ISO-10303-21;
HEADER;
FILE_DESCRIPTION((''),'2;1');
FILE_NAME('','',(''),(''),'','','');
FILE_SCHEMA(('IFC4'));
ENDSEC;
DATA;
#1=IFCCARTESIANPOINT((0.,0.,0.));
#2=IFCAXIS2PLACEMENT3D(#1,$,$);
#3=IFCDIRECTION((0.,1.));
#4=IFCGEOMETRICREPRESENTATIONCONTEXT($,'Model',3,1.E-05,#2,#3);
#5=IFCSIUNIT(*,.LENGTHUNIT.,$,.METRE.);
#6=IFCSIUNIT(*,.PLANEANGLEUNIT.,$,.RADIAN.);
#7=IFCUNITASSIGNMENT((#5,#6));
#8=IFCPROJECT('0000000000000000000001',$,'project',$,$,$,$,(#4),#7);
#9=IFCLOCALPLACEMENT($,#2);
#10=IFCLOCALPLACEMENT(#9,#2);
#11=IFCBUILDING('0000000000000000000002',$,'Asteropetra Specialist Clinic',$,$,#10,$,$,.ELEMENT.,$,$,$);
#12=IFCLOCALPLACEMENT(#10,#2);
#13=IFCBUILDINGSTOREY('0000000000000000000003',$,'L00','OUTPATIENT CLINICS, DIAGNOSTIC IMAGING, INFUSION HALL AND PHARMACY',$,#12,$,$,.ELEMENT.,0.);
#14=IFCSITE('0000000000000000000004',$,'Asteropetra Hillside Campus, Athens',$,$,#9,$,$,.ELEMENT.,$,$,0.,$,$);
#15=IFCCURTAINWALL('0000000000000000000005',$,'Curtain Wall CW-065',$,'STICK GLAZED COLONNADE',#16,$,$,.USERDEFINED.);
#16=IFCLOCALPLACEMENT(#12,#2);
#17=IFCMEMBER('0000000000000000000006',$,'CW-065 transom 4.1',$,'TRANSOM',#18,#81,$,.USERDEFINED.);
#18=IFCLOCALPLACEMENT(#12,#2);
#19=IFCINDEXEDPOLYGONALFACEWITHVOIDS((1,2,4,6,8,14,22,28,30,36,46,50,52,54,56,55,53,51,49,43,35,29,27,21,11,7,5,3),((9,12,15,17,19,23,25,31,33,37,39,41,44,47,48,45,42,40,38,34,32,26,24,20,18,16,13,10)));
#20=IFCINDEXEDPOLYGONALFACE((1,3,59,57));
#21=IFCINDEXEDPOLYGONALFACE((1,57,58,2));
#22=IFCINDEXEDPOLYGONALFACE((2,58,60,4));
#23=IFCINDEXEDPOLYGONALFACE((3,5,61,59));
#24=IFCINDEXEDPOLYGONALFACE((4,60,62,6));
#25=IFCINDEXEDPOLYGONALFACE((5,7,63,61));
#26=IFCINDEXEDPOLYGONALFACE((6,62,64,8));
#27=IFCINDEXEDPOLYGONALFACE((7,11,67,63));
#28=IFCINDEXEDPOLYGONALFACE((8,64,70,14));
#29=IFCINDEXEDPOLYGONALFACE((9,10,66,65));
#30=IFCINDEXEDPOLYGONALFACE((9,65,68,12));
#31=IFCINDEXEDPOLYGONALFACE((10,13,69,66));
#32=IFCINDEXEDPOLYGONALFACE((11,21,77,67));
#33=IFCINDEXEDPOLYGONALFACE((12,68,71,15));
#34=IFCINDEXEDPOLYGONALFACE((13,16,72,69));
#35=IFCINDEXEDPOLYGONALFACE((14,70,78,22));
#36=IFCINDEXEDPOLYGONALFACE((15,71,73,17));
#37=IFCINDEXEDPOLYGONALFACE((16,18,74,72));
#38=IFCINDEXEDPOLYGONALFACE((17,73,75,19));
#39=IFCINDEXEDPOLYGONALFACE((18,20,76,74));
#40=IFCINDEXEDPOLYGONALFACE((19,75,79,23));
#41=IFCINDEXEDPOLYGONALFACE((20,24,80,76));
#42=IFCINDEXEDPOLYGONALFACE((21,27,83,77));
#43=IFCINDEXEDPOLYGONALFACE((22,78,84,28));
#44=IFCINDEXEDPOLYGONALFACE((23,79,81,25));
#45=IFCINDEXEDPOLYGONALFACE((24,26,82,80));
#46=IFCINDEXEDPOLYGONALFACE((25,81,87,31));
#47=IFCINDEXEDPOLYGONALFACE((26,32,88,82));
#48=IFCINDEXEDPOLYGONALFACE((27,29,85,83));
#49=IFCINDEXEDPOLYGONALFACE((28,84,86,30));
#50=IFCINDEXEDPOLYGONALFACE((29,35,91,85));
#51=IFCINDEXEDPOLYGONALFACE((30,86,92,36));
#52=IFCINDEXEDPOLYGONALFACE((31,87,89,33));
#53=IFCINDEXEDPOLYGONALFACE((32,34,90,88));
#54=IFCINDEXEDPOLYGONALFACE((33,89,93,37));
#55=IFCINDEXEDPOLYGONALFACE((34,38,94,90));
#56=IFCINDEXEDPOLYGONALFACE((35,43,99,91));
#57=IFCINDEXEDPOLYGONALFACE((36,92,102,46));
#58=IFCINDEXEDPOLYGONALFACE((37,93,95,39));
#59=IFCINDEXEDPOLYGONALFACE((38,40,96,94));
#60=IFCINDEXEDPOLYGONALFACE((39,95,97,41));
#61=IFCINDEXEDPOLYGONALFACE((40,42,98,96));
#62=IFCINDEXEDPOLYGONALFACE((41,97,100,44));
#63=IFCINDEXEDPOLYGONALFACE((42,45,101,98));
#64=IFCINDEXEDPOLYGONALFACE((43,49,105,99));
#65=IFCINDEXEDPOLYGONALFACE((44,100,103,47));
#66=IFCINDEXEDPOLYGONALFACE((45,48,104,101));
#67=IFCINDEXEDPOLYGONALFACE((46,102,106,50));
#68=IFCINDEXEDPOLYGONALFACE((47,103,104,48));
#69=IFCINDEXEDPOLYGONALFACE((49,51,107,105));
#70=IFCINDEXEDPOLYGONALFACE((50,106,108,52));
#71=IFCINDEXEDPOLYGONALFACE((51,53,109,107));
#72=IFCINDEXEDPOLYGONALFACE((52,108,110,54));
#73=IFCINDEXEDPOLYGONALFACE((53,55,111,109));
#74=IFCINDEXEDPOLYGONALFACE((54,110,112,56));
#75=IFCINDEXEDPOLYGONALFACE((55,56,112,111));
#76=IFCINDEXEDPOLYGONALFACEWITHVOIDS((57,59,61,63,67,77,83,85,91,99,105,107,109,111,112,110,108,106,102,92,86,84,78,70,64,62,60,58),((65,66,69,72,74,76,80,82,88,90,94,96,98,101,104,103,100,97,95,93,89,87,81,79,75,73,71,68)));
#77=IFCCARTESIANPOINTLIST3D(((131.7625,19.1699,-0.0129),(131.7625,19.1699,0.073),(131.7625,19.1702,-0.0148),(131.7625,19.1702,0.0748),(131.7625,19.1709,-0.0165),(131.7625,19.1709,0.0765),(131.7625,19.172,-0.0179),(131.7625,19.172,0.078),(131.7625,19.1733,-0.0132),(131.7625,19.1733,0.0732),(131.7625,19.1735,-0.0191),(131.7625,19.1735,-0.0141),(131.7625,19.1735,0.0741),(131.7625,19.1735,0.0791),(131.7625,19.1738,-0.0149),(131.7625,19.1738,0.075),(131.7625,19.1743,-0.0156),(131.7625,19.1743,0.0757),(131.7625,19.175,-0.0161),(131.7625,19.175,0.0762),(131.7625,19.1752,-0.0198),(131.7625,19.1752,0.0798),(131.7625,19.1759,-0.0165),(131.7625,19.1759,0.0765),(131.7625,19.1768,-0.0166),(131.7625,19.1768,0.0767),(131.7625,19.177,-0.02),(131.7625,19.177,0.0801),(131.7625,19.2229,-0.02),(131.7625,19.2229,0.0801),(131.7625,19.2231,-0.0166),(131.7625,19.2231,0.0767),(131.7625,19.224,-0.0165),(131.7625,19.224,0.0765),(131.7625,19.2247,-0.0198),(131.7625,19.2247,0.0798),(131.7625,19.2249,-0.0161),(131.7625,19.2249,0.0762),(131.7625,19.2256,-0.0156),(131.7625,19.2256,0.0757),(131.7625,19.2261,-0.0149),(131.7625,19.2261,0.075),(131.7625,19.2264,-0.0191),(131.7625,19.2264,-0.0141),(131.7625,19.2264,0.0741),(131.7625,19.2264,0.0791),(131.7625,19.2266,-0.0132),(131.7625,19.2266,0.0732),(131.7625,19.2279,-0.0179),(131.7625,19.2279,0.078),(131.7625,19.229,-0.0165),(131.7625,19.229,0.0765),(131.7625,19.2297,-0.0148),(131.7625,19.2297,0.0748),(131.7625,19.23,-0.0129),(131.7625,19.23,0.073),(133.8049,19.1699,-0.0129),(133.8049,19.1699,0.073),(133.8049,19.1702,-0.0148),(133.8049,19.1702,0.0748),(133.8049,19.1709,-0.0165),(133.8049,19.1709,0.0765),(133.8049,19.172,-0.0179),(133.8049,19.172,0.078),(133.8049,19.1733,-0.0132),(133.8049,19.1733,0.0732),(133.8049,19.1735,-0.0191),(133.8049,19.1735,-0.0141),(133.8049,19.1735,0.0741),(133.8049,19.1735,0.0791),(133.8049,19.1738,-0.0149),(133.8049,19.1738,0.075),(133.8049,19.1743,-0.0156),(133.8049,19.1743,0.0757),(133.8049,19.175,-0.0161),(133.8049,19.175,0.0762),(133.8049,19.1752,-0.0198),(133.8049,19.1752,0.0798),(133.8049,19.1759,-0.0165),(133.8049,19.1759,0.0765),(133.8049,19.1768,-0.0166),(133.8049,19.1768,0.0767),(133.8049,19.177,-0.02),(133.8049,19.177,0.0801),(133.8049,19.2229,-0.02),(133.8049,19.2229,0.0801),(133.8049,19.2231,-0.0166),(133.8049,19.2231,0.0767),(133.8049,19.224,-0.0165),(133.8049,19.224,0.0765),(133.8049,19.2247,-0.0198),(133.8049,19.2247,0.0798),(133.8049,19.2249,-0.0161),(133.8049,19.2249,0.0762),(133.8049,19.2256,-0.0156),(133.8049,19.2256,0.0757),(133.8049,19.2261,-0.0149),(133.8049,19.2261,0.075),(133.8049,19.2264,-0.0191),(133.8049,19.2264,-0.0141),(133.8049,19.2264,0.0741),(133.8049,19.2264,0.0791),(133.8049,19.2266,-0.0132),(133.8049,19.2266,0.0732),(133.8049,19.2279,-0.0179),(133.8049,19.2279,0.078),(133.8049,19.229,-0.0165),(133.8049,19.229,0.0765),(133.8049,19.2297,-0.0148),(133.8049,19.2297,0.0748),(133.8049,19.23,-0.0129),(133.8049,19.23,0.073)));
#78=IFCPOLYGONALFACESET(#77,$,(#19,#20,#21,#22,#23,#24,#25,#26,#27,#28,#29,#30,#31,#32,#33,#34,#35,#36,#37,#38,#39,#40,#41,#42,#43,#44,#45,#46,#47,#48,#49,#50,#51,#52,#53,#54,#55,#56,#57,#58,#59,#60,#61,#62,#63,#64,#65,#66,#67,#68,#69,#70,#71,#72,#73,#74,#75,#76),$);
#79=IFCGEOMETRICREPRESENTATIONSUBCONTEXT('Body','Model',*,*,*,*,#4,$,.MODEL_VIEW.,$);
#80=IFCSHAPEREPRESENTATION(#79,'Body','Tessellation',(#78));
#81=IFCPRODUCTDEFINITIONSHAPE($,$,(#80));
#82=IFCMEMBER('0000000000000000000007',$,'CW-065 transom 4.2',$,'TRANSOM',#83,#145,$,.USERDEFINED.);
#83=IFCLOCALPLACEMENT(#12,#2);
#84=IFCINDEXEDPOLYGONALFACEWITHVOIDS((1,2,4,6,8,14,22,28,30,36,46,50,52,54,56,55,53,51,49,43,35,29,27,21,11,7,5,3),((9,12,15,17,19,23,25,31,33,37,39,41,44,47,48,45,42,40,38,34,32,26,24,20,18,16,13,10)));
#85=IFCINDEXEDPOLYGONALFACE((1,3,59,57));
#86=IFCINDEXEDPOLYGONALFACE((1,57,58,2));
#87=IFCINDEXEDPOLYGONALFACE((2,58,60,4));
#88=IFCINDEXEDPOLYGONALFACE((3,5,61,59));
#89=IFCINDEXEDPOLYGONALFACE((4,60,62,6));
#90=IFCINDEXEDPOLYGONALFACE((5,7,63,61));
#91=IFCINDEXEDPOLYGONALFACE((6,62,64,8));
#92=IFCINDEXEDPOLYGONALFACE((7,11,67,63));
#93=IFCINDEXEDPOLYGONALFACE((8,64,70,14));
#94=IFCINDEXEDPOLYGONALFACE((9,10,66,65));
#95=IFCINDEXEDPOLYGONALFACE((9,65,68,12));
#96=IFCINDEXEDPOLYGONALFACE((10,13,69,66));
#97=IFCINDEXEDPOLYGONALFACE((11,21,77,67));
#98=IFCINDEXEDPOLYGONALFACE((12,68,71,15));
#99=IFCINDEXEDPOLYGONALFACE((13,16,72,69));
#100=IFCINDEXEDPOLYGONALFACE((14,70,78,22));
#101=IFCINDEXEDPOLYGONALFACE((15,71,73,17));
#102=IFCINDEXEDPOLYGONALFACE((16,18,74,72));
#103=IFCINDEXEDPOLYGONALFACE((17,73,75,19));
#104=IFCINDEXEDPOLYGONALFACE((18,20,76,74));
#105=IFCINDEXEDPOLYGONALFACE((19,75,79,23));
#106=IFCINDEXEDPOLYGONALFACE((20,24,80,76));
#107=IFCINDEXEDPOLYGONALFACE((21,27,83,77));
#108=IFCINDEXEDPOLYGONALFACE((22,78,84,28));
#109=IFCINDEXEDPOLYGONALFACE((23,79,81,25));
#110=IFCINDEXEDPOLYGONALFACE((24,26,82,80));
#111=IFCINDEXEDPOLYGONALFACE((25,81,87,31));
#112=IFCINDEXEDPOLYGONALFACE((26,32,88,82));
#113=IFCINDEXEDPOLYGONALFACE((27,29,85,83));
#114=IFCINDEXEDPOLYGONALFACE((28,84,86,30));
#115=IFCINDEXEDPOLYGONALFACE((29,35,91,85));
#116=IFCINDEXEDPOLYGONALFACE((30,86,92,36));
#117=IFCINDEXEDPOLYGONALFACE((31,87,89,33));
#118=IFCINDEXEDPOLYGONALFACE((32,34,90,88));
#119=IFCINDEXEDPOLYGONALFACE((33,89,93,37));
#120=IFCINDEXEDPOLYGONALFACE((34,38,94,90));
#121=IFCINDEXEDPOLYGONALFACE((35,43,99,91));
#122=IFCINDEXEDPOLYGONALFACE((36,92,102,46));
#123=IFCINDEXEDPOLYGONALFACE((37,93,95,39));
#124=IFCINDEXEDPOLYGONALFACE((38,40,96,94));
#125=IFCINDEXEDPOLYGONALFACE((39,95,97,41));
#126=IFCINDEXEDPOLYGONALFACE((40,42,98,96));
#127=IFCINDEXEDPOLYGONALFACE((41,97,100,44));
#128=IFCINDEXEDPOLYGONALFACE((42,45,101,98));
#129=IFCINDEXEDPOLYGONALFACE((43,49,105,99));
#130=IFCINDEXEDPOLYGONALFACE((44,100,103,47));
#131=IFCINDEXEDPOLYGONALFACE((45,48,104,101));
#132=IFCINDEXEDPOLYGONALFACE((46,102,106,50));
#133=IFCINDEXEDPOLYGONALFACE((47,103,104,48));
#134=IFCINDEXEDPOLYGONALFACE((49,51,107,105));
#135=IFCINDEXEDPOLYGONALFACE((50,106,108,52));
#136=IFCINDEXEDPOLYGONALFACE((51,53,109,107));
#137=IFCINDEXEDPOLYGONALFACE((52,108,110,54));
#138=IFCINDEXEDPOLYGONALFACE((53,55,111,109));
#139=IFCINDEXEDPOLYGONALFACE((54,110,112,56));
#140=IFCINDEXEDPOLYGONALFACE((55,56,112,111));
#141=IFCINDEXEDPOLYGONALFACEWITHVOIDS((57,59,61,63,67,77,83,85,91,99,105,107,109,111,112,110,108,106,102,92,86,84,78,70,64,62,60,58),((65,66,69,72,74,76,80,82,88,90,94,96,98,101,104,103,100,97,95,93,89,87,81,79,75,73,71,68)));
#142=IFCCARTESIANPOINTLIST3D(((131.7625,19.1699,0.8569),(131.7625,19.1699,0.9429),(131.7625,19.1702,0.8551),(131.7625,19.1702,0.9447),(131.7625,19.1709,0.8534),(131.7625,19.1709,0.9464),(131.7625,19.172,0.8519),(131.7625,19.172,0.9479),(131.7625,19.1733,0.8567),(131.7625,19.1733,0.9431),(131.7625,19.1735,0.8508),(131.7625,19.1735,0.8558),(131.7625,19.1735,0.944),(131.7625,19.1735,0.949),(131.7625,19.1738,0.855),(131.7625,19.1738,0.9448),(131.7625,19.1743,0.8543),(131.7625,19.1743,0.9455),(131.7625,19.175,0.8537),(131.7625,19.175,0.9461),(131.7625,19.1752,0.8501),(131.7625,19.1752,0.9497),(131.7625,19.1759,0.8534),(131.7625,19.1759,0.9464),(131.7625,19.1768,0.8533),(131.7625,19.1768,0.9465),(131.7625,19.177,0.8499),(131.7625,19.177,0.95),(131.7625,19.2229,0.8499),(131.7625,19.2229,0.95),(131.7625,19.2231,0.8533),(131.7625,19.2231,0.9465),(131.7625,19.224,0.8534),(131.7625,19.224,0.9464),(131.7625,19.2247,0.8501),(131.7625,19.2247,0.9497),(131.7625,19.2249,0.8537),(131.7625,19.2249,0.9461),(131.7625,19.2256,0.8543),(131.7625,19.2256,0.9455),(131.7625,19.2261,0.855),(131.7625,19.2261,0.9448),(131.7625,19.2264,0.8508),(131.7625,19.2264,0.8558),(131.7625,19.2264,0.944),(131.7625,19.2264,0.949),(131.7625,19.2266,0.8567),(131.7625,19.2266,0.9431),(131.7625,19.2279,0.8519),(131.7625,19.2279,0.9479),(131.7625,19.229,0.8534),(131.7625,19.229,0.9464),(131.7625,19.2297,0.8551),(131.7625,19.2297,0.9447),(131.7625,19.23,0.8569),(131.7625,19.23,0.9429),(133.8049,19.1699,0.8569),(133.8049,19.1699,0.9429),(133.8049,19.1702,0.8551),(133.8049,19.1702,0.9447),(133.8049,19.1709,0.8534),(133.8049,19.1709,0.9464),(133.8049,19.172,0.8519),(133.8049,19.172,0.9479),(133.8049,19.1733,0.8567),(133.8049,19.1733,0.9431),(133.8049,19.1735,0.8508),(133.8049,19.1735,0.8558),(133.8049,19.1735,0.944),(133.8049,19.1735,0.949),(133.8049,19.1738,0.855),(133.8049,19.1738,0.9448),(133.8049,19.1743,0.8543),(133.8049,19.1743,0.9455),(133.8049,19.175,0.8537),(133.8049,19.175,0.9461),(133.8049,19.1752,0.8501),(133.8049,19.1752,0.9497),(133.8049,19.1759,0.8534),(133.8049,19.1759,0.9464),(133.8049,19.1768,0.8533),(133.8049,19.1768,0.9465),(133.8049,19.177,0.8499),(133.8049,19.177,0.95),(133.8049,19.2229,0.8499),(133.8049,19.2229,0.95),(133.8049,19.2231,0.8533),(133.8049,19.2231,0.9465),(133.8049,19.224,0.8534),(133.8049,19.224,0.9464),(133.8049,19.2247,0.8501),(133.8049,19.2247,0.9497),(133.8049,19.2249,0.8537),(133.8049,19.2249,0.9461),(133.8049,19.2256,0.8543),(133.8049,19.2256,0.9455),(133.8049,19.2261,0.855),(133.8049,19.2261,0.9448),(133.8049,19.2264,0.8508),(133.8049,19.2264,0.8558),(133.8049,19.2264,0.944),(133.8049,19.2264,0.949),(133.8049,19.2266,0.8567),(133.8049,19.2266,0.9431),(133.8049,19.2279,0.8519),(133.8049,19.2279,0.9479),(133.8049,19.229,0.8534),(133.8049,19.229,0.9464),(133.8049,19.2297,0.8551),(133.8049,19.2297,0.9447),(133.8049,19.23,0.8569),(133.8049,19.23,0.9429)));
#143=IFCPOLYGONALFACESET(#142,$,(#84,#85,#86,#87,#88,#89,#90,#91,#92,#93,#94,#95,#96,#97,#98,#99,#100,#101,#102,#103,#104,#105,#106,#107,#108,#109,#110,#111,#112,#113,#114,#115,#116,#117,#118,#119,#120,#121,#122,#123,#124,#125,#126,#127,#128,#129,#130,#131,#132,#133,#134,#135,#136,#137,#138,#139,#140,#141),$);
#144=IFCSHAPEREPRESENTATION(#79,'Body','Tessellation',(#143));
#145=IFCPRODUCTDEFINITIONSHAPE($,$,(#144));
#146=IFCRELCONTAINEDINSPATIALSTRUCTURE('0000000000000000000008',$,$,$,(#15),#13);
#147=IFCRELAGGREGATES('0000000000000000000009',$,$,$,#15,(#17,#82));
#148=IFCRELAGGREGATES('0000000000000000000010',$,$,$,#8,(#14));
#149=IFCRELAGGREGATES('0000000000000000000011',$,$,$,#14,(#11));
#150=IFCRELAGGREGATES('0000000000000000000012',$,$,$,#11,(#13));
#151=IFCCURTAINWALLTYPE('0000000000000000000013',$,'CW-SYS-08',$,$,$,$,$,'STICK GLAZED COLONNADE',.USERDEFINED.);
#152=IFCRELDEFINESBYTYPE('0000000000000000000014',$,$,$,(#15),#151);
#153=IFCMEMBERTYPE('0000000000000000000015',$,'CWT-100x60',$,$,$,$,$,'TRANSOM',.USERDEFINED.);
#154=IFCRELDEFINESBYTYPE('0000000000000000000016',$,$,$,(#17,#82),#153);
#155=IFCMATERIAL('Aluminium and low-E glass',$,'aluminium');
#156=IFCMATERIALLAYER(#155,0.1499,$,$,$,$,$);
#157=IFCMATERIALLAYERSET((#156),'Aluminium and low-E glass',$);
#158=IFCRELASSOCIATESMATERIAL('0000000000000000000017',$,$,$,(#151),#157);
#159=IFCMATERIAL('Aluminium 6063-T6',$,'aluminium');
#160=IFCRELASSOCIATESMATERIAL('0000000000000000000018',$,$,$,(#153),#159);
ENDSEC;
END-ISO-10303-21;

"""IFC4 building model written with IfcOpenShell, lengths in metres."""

from ifc_helpers import new_model, si_unit, direction, frame, origin, origin_2d, place, context, subcontext, project, spatial, hollow_rectangle, extrude, material, layer, layer_set, material_profile, profile_set, type_object, element, aggregate, save


model = new_model("IFC4")

# Units and contexts
model_context = context("Model", 3, precision=1e-05, world=origin(), true_north=direction((0.0, 1.0)))
body_context = subcontext(model_context, "Body", "Model", "MODEL_VIEW")
ifc_project = project(units=[si_unit("LENGTHUNIT", "METRE"), si_unit("PLANEANGLEUNIT", "RADIAN")], contexts=[model_context])

# Site, building, storey
site_placement = place(None, origin())
site = spatial("IfcSite", under=ifc_project, at=site_placement, Name="Asteropetra Hillside Campus, Athens", CompositionType="ELEMENT", RefElevation=0.0)
building_placement = place(site_placement, origin())
building = spatial("IfcBuilding", under=site, at=building_placement, Name="Asteropetra Specialist Clinic", CompositionType="ELEMENT")
storey_placement = place(building_placement, origin())
storey = spatial("IfcBuildingStorey", under=building, at=storey_placement, Name="L00", Description="OUTPATIENT CLINICS, DIAGNOSTIC IMAGING, INFUSION HALL AND PHARMACY", CompositionType="ELEMENT", Elevation=0.0)

# Curtain wall
ifc_material_1 = material(Name="Aluminium and low-E glass", Category="aluminium")
ifc_layer_1 = layer(ifc_material_1, 0.1499)
ifc_layer_set_1 = layer_set([ifc_layer_1], Name="Aluminium and low-E glass")
curtain_wall_type_1 = type_object("IfcCurtainWallType", Name="CW-SYS-08", ElementType="STICK GLAZED COLONNADE", PredefinedType="USERDEFINED", material=ifc_layer_set_1)
curtain_wall_1_placement = place(storey_placement, origin())
curtain_wall_1 = element("IfcCurtainWall", 1, at=curtain_wall_1_placement, inside=storey, type_object=curtain_wall_type_1, Name="Curtain Wall CW-065", ObjectType="STICK GLAZED COLONNADE", PredefinedType="USERDEFINED")

# Members
ifc_material_2 = material(Name="Aluminium 6063-T6", Category="aluminium")
ifc_material_profile_1 = material_profile(ifc_material_2, hollow_rectangle(XDim=0.0601, YDim=0.1001, WallThickness=0.0034, InnerFilletRadius=0.0034, OuterFilletRadius=0.0071, at=origin_2d()), Name="TRN 100x60x3.5")
ifc_profile_set_1 = profile_set([ifc_material_profile_1], Name="Aluminium 6063-T6")
member_type_1 = type_object("IfcMemberType", Name="CWT-100x60", ElementType="TRANSOM", PredefinedType="USERDEFINED", material=ifc_profile_set_1)
member_1_placement = place(storey_placement, frame((131.7625, 19.2, 0.03), z_axis=(1.0, 0.0, 0.0), x_axis=(0.0, 1.0, 0.0)))
member_1 = element("IfcMember", 2, at=member_1_placement, type_object=member_type_1, Name="CW-065 transom 4.1", ObjectType="TRANSOM", PredefinedType="USERDEFINED", context=body_context, shape_type="SweptSolid", body=[
    extrude(hollow_rectangle(XDim=0.0601, YDim=0.1001, WallThickness=0.0034, InnerFilletRadius=0.0034, OuterFilletRadius=0.0071, at=origin_2d()), origin(), (0.0, 0.0, 1.0), 2.0425),
])
member_2_placement = place(storey_placement, frame((131.7625, 19.2, 0.8999), z_axis=(1.0, 0.0, 0.0), x_axis=(0.0, 1.0, 0.0)))
member_2 = element("IfcMember", 3, at=member_2_placement, type_object=member_type_1, Name="CW-065 transom 4.2", ObjectType="TRANSOM", PredefinedType="USERDEFINED", context=body_context, shape_type="SweptSolid", body=[
    extrude(hollow_rectangle(XDim=0.0601, YDim=0.1001, WallThickness=0.0034, InnerFilletRadius=0.0034, OuterFilletRadius=0.0071, at=origin_2d()), origin(), (0.0, 0.0, 1.0), 2.0425),
])

aggregate(curtain_wall_1, [member_1, member_2])

save(model, "model.ifc")
